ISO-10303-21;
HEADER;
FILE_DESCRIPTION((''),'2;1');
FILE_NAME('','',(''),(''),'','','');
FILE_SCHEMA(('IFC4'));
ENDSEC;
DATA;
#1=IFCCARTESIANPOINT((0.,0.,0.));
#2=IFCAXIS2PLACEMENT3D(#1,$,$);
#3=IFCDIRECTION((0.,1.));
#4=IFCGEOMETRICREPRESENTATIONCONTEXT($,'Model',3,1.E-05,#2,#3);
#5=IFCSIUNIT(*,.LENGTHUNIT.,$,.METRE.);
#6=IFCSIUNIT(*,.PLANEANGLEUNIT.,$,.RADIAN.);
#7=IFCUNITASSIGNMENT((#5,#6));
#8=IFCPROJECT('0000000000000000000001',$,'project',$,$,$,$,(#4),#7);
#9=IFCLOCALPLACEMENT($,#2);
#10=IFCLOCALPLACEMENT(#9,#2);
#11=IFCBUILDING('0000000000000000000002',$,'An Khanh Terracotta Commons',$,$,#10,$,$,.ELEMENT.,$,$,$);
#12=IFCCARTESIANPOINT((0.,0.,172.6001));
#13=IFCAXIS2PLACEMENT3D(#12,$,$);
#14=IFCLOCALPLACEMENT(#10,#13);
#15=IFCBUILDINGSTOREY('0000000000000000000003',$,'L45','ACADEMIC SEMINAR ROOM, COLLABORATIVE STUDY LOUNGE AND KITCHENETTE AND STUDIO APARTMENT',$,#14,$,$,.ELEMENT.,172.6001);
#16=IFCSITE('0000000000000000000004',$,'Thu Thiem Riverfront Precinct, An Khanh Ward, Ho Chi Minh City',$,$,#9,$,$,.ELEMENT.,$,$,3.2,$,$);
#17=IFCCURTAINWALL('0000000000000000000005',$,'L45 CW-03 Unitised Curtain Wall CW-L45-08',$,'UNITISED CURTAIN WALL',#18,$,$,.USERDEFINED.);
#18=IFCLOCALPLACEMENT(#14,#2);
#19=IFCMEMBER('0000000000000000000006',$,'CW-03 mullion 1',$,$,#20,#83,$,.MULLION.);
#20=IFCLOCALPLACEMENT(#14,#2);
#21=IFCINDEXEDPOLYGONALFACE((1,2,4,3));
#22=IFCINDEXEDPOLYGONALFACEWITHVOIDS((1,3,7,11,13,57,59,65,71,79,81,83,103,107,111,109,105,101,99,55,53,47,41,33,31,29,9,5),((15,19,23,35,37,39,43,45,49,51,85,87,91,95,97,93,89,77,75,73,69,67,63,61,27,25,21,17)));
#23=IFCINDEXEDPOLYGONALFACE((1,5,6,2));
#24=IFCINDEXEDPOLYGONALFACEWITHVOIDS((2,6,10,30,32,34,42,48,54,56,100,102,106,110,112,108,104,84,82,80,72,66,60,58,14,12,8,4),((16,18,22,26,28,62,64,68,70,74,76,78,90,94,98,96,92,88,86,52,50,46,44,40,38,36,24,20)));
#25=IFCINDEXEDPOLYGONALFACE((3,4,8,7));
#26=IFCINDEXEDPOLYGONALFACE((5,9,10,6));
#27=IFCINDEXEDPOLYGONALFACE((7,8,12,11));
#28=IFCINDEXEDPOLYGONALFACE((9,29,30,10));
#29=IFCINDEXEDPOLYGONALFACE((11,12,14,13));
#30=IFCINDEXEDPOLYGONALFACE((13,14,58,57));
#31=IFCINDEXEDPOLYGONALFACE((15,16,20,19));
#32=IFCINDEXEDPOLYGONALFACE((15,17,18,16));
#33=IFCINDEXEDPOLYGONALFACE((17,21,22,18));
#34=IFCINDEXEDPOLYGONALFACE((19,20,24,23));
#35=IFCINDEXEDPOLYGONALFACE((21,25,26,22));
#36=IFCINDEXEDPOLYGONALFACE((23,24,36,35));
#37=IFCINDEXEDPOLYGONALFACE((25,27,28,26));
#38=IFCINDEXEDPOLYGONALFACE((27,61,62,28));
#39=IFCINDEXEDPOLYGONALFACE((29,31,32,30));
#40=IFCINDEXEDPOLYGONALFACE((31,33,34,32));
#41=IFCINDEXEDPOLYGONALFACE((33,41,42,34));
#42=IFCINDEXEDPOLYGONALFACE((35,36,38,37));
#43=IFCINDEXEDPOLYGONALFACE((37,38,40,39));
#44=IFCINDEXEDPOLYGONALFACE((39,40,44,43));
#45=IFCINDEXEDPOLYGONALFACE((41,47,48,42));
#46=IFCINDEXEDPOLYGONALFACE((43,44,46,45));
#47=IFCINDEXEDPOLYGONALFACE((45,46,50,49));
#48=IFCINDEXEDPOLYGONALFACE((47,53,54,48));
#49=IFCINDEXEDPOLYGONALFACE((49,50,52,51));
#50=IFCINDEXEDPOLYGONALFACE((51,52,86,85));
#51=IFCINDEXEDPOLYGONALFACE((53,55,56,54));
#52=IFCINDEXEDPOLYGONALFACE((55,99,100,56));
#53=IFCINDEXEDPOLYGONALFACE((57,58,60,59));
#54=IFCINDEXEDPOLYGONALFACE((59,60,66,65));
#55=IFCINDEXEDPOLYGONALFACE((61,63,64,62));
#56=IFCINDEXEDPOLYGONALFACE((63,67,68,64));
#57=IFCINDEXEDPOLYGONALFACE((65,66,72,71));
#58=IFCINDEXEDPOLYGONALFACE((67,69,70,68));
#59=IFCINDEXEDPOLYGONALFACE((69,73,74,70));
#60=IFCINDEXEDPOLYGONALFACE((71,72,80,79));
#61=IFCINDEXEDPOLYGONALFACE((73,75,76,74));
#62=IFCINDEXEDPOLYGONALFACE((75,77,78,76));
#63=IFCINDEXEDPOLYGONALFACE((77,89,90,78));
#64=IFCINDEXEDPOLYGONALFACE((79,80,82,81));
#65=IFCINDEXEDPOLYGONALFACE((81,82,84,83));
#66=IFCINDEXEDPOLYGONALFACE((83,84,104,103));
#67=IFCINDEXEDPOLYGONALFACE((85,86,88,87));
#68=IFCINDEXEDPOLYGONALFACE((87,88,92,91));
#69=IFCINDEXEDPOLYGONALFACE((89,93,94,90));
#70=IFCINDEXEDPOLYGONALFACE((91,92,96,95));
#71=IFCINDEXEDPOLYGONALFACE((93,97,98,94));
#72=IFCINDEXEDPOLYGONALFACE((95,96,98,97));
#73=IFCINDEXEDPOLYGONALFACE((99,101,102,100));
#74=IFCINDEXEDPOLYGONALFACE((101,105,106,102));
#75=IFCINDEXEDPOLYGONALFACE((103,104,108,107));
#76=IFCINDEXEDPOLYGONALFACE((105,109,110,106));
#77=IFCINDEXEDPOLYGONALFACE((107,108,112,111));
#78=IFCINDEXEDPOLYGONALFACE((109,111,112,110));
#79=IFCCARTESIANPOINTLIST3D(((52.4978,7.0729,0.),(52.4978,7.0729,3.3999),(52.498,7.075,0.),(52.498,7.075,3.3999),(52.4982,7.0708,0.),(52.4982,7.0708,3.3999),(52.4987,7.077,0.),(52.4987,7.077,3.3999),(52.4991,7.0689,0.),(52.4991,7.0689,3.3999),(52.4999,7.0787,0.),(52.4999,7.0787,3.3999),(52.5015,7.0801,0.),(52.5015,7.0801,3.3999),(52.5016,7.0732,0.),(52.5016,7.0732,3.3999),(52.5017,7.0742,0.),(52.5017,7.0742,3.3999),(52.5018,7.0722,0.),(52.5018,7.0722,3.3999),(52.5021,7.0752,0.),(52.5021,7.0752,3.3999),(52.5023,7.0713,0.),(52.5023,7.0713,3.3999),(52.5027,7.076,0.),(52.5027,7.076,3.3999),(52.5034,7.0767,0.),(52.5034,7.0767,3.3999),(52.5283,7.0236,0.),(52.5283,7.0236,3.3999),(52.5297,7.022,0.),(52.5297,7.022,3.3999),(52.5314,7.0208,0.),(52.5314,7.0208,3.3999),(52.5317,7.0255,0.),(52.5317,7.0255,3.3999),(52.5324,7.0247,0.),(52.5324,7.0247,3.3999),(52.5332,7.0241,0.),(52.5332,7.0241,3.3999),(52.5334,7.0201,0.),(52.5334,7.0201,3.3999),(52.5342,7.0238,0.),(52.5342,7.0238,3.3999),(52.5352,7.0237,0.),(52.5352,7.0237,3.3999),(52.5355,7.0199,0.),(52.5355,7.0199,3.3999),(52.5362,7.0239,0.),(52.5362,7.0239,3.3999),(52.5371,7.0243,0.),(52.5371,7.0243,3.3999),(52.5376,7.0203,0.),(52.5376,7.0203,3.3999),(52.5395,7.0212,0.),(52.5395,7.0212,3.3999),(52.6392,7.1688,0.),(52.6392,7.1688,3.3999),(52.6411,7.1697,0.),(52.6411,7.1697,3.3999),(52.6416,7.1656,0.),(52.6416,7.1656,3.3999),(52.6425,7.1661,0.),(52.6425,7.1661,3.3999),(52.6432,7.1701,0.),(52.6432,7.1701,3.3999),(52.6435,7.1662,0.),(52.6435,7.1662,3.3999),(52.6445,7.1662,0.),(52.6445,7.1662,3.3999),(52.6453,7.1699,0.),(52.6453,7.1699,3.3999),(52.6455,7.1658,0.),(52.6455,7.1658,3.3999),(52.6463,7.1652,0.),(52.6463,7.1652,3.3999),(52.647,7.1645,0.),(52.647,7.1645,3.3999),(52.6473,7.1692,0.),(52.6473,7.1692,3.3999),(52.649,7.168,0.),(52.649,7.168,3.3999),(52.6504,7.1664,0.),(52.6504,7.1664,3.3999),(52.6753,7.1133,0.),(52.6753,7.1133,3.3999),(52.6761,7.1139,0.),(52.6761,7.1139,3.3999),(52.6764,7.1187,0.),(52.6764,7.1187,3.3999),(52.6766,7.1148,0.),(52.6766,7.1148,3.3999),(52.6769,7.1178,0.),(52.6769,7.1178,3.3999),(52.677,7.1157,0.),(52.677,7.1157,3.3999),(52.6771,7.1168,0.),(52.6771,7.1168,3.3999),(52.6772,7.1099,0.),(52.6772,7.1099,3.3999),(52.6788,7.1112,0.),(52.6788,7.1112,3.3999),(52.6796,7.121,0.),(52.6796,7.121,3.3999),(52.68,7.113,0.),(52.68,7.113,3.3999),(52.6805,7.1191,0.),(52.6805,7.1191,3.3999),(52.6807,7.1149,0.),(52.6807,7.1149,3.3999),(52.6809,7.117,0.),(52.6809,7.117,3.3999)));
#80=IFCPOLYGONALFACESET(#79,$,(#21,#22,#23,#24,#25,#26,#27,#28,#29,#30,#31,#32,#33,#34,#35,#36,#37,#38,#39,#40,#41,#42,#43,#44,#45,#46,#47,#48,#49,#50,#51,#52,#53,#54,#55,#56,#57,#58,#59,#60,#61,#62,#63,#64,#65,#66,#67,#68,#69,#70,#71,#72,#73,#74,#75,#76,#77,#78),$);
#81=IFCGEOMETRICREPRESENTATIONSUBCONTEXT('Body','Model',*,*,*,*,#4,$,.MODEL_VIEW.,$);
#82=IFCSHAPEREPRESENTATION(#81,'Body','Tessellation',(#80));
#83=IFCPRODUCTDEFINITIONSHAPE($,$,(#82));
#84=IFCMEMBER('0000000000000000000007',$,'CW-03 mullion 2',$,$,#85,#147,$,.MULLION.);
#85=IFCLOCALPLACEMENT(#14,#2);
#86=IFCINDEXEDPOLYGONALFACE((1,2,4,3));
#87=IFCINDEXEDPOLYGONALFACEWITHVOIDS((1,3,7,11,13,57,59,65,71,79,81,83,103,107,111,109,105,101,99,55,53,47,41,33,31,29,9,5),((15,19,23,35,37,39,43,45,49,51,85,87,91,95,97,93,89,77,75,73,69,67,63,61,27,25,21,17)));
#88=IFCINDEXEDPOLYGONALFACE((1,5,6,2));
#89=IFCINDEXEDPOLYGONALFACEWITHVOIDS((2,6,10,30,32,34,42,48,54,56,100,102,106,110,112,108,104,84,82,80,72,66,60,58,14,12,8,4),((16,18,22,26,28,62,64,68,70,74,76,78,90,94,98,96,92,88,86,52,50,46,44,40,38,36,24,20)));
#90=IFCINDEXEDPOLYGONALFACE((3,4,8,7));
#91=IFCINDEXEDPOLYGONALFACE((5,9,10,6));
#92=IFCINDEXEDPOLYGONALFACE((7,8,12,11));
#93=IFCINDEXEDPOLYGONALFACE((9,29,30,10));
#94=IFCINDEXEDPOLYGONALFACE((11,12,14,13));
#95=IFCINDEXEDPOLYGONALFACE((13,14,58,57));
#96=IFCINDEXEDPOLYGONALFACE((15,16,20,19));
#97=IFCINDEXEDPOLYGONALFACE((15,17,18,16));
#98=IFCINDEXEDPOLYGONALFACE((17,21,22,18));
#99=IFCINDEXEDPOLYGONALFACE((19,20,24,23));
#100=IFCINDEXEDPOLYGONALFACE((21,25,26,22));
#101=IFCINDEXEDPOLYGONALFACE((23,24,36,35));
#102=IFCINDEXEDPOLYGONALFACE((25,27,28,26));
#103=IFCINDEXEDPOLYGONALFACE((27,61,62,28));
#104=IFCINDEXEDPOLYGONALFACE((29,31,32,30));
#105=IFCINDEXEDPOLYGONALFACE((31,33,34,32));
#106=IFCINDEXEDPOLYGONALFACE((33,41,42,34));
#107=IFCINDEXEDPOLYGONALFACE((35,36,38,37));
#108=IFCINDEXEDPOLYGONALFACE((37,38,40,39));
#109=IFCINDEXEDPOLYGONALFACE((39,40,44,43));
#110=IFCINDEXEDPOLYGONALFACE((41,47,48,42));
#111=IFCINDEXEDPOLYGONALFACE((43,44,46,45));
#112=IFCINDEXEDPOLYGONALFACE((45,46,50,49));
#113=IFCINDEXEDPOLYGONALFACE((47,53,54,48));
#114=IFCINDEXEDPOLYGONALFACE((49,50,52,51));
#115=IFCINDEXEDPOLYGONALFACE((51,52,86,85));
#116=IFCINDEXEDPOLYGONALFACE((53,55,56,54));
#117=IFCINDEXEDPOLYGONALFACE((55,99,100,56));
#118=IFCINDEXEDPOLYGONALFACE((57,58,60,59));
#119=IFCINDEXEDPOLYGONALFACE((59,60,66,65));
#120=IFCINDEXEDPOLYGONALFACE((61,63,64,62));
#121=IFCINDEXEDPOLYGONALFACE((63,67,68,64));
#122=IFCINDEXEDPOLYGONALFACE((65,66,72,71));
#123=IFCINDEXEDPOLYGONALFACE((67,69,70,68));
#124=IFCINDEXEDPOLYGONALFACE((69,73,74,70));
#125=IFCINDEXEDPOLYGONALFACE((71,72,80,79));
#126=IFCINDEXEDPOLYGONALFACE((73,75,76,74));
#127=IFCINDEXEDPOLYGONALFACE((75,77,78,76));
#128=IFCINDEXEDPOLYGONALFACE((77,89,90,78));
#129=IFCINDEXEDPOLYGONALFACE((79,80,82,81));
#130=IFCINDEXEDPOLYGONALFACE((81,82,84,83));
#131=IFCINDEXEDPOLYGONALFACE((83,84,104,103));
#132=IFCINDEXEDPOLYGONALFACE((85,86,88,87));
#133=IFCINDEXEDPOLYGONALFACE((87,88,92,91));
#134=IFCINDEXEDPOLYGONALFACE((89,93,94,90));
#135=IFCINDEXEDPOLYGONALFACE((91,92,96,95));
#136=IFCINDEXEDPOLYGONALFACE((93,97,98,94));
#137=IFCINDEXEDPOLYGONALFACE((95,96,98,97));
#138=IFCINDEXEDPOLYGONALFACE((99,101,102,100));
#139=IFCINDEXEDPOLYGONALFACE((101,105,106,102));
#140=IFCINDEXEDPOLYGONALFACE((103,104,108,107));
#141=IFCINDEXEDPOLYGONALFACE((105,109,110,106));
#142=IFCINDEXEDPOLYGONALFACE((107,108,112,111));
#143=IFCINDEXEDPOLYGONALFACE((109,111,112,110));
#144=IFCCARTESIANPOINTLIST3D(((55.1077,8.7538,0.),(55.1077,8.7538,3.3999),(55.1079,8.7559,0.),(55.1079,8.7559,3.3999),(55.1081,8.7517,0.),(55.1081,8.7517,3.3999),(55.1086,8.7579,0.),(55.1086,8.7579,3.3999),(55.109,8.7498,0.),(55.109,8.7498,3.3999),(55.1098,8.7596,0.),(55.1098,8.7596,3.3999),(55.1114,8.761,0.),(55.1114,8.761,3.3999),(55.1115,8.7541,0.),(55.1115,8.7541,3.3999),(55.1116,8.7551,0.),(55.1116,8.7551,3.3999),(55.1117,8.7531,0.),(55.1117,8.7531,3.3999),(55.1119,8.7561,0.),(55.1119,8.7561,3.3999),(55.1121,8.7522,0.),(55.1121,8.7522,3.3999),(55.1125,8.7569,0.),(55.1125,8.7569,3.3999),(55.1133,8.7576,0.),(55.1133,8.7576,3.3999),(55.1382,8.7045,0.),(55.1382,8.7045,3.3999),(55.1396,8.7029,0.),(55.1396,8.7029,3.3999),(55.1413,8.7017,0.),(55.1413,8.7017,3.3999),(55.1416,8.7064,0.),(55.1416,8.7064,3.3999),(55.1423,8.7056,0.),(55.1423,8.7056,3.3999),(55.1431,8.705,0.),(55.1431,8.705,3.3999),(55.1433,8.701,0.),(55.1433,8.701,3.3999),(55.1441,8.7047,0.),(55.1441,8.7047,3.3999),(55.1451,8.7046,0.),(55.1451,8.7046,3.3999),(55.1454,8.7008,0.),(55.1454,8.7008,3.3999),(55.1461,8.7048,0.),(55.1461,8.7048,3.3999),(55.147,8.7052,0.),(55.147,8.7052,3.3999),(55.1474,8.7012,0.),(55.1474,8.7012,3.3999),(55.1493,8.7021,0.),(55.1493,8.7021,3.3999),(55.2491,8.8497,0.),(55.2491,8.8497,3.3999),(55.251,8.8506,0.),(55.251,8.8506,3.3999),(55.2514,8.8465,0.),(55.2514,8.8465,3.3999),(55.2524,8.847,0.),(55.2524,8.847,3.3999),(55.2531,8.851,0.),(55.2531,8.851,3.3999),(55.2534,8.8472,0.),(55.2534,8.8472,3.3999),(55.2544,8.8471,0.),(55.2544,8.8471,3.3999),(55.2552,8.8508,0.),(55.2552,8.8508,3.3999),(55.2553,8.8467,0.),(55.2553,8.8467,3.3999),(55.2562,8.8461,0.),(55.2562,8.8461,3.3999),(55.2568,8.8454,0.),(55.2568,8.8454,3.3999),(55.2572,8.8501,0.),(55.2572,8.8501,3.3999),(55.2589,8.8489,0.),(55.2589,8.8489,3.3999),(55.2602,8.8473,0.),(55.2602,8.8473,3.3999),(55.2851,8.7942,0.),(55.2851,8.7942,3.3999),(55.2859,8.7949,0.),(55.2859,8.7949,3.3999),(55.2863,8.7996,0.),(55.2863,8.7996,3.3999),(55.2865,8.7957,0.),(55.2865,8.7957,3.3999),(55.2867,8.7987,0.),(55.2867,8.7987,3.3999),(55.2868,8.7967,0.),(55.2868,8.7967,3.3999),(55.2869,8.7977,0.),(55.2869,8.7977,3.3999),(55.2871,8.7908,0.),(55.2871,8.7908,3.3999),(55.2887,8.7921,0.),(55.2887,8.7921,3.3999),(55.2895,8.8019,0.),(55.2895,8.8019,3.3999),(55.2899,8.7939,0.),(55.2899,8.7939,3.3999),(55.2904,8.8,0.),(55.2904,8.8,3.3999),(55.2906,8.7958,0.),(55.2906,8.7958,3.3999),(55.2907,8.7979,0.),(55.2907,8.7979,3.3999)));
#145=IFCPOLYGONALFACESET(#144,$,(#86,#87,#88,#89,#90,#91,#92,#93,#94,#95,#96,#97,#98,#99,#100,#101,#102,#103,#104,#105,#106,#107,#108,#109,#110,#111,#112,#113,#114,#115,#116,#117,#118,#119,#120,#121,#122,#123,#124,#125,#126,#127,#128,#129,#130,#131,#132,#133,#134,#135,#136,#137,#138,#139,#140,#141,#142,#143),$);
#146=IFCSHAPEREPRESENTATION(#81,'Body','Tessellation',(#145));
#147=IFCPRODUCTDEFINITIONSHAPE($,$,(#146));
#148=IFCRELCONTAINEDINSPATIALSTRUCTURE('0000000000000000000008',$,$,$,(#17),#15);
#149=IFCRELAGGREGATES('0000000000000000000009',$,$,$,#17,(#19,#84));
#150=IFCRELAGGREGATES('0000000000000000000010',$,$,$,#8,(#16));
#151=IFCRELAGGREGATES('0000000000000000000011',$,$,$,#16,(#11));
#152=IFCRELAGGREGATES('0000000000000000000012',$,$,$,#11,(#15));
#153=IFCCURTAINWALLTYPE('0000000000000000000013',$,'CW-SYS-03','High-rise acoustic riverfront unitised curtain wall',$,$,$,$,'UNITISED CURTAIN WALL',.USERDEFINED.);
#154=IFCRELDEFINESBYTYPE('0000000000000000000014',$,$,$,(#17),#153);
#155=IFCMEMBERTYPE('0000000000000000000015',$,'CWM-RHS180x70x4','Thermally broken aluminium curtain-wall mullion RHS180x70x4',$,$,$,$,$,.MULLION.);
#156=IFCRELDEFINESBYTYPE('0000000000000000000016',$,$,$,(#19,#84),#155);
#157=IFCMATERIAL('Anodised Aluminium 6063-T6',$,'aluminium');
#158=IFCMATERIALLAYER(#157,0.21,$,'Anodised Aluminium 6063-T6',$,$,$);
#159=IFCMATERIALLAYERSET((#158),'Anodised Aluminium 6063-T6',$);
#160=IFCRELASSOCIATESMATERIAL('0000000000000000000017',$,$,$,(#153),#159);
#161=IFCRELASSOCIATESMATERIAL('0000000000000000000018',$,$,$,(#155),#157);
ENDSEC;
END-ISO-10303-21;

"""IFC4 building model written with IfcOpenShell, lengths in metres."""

from ifc_helpers import new_model, si_unit, direction, frame, origin, origin_2d, place, context, subcontext, project, spatial, hollow_rectangle, extrude, material, layer, layer_set, material_profile, profile_set, type_object, element, aggregate, save


model = new_model("IFC4")

# Units and contexts
model_context = context("Model", 3, precision=1e-05, world=origin(), true_north=direction((0.0, 1.0)))
body_context = subcontext(model_context, "Body", "Model", "MODEL_VIEW")
ifc_project = project(units=[si_unit("LENGTHUNIT", "METRE"), si_unit("PLANEANGLEUNIT", "RADIAN")], contexts=[model_context])

# Site, building, storey
site_placement = place(None, origin())
site = spatial("IfcSite", under=ifc_project, at=site_placement, Name="Thu Thiem Riverfront Precinct, An Khanh Ward, Ho Chi Minh City", CompositionType="ELEMENT", RefElevation=3.2)
building_placement = place(site_placement, origin())
building = spatial("IfcBuilding", under=site, at=building_placement, Name="An Khanh Terracotta Commons", CompositionType="ELEMENT")
storey_placement = place(building_placement, frame((0.0, 0.0, 172.6001)))
storey = spatial("IfcBuildingStorey", under=building, at=storey_placement, Name="L45", Description="ACADEMIC SEMINAR ROOM, COLLABORATIVE STUDY LOUNGE AND KITCHENETTE AND STUDIO APARTMENT", CompositionType="ELEMENT", Elevation=172.6001)

# Curtain wall, members
ifc_material_1 = material(Name="Anodised Aluminium 6063-T6", Category="aluminium")
ifc_layer_1 = layer(ifc_material_1, 0.21, Name="Anodised Aluminium 6063-T6")
ifc_layer_set_1 = layer_set([ifc_layer_1], Name="Anodised Aluminium 6063-T6")
curtain_wall_type = type_object("IfcCurtainWallType", Name="CW-SYS-03", Description="High-rise acoustic riverfront unitised curtain wall", ElementType="UNITISED CURTAIN WALL", PredefinedType="USERDEFINED", material=ifc_layer_set_1)
curtain_wall_placement = place(storey_placement, origin())
curtain_wall = element("IfcCurtainWall", 1, at=curtain_wall_placement, inside=storey, type_object=curtain_wall_type, Name="L45 CW-03 Unitised Curtain Wall CW-L45-08", ObjectType="UNITISED CURTAIN WALL", PredefinedType="USERDEFINED")
ifc_material_profile_1 = material_profile(ifc_material_1, hollow_rectangle(XDim=0.0701, YDim=0.1799, WallThickness=0.0039, InnerFilletRadius=0.0039, OuterFilletRadius=0.0081, at=origin_2d()), Name="RHS180x70x4")
ifc_profile_set_1 = profile_set([ifc_material_profile_1], Name="Anodised Aluminium 6063-T6")
member_type_1 = type_object("IfcMemberType", Name="CWM-RHS180x70x4", Description="Thermally broken aluminium curtain-wall mullion RHS180x70x4", PredefinedType="MULLION", material=ifc_profile_set_1)
member_1_placement = place(storey_placement, frame((52.5894, 7.095, 0.0), z_axis=(0.0, 0.0, 1.0), x_axis=(-0.541498, 0.840702, 0.0)))
member_1 = element("IfcMember", 2, at=member_1_placement, type_object=member_type_1, Name="CW-03 mullion 1", PredefinedType="MULLION", context=body_context, shape_type="SweptSolid", body=[
    extrude(hollow_rectangle(XDim=0.0701, YDim=0.1799, WallThickness=0.0039, InnerFilletRadius=0.0039, OuterFilletRadius=0.0081, at=origin_2d()), origin(), (0.0, 0.0, 1.0), 3.3999),
])
member_2_placement = place(storey_placement, frame((55.1992, 8.7759, 0.0), z_axis=(0.0, 0.0, 1.0), x_axis=(-0.541498, 0.840702, 0.0)))
member_2 = element("IfcMember", 3, at=member_2_placement, type_object=member_type_1, Name="CW-03 mullion 2", PredefinedType="MULLION", context=body_context, shape_type="SweptSolid", body=[
    extrude(hollow_rectangle(XDim=0.0701, YDim=0.1799, WallThickness=0.0039, InnerFilletRadius=0.0039, OuterFilletRadius=0.0081, at=origin_2d()), origin(), (0.0, 0.0, 1.0), 3.3999),
])
aggregate(curtain_wall, [member_1, member_2])

save(model, "model.ifc")
